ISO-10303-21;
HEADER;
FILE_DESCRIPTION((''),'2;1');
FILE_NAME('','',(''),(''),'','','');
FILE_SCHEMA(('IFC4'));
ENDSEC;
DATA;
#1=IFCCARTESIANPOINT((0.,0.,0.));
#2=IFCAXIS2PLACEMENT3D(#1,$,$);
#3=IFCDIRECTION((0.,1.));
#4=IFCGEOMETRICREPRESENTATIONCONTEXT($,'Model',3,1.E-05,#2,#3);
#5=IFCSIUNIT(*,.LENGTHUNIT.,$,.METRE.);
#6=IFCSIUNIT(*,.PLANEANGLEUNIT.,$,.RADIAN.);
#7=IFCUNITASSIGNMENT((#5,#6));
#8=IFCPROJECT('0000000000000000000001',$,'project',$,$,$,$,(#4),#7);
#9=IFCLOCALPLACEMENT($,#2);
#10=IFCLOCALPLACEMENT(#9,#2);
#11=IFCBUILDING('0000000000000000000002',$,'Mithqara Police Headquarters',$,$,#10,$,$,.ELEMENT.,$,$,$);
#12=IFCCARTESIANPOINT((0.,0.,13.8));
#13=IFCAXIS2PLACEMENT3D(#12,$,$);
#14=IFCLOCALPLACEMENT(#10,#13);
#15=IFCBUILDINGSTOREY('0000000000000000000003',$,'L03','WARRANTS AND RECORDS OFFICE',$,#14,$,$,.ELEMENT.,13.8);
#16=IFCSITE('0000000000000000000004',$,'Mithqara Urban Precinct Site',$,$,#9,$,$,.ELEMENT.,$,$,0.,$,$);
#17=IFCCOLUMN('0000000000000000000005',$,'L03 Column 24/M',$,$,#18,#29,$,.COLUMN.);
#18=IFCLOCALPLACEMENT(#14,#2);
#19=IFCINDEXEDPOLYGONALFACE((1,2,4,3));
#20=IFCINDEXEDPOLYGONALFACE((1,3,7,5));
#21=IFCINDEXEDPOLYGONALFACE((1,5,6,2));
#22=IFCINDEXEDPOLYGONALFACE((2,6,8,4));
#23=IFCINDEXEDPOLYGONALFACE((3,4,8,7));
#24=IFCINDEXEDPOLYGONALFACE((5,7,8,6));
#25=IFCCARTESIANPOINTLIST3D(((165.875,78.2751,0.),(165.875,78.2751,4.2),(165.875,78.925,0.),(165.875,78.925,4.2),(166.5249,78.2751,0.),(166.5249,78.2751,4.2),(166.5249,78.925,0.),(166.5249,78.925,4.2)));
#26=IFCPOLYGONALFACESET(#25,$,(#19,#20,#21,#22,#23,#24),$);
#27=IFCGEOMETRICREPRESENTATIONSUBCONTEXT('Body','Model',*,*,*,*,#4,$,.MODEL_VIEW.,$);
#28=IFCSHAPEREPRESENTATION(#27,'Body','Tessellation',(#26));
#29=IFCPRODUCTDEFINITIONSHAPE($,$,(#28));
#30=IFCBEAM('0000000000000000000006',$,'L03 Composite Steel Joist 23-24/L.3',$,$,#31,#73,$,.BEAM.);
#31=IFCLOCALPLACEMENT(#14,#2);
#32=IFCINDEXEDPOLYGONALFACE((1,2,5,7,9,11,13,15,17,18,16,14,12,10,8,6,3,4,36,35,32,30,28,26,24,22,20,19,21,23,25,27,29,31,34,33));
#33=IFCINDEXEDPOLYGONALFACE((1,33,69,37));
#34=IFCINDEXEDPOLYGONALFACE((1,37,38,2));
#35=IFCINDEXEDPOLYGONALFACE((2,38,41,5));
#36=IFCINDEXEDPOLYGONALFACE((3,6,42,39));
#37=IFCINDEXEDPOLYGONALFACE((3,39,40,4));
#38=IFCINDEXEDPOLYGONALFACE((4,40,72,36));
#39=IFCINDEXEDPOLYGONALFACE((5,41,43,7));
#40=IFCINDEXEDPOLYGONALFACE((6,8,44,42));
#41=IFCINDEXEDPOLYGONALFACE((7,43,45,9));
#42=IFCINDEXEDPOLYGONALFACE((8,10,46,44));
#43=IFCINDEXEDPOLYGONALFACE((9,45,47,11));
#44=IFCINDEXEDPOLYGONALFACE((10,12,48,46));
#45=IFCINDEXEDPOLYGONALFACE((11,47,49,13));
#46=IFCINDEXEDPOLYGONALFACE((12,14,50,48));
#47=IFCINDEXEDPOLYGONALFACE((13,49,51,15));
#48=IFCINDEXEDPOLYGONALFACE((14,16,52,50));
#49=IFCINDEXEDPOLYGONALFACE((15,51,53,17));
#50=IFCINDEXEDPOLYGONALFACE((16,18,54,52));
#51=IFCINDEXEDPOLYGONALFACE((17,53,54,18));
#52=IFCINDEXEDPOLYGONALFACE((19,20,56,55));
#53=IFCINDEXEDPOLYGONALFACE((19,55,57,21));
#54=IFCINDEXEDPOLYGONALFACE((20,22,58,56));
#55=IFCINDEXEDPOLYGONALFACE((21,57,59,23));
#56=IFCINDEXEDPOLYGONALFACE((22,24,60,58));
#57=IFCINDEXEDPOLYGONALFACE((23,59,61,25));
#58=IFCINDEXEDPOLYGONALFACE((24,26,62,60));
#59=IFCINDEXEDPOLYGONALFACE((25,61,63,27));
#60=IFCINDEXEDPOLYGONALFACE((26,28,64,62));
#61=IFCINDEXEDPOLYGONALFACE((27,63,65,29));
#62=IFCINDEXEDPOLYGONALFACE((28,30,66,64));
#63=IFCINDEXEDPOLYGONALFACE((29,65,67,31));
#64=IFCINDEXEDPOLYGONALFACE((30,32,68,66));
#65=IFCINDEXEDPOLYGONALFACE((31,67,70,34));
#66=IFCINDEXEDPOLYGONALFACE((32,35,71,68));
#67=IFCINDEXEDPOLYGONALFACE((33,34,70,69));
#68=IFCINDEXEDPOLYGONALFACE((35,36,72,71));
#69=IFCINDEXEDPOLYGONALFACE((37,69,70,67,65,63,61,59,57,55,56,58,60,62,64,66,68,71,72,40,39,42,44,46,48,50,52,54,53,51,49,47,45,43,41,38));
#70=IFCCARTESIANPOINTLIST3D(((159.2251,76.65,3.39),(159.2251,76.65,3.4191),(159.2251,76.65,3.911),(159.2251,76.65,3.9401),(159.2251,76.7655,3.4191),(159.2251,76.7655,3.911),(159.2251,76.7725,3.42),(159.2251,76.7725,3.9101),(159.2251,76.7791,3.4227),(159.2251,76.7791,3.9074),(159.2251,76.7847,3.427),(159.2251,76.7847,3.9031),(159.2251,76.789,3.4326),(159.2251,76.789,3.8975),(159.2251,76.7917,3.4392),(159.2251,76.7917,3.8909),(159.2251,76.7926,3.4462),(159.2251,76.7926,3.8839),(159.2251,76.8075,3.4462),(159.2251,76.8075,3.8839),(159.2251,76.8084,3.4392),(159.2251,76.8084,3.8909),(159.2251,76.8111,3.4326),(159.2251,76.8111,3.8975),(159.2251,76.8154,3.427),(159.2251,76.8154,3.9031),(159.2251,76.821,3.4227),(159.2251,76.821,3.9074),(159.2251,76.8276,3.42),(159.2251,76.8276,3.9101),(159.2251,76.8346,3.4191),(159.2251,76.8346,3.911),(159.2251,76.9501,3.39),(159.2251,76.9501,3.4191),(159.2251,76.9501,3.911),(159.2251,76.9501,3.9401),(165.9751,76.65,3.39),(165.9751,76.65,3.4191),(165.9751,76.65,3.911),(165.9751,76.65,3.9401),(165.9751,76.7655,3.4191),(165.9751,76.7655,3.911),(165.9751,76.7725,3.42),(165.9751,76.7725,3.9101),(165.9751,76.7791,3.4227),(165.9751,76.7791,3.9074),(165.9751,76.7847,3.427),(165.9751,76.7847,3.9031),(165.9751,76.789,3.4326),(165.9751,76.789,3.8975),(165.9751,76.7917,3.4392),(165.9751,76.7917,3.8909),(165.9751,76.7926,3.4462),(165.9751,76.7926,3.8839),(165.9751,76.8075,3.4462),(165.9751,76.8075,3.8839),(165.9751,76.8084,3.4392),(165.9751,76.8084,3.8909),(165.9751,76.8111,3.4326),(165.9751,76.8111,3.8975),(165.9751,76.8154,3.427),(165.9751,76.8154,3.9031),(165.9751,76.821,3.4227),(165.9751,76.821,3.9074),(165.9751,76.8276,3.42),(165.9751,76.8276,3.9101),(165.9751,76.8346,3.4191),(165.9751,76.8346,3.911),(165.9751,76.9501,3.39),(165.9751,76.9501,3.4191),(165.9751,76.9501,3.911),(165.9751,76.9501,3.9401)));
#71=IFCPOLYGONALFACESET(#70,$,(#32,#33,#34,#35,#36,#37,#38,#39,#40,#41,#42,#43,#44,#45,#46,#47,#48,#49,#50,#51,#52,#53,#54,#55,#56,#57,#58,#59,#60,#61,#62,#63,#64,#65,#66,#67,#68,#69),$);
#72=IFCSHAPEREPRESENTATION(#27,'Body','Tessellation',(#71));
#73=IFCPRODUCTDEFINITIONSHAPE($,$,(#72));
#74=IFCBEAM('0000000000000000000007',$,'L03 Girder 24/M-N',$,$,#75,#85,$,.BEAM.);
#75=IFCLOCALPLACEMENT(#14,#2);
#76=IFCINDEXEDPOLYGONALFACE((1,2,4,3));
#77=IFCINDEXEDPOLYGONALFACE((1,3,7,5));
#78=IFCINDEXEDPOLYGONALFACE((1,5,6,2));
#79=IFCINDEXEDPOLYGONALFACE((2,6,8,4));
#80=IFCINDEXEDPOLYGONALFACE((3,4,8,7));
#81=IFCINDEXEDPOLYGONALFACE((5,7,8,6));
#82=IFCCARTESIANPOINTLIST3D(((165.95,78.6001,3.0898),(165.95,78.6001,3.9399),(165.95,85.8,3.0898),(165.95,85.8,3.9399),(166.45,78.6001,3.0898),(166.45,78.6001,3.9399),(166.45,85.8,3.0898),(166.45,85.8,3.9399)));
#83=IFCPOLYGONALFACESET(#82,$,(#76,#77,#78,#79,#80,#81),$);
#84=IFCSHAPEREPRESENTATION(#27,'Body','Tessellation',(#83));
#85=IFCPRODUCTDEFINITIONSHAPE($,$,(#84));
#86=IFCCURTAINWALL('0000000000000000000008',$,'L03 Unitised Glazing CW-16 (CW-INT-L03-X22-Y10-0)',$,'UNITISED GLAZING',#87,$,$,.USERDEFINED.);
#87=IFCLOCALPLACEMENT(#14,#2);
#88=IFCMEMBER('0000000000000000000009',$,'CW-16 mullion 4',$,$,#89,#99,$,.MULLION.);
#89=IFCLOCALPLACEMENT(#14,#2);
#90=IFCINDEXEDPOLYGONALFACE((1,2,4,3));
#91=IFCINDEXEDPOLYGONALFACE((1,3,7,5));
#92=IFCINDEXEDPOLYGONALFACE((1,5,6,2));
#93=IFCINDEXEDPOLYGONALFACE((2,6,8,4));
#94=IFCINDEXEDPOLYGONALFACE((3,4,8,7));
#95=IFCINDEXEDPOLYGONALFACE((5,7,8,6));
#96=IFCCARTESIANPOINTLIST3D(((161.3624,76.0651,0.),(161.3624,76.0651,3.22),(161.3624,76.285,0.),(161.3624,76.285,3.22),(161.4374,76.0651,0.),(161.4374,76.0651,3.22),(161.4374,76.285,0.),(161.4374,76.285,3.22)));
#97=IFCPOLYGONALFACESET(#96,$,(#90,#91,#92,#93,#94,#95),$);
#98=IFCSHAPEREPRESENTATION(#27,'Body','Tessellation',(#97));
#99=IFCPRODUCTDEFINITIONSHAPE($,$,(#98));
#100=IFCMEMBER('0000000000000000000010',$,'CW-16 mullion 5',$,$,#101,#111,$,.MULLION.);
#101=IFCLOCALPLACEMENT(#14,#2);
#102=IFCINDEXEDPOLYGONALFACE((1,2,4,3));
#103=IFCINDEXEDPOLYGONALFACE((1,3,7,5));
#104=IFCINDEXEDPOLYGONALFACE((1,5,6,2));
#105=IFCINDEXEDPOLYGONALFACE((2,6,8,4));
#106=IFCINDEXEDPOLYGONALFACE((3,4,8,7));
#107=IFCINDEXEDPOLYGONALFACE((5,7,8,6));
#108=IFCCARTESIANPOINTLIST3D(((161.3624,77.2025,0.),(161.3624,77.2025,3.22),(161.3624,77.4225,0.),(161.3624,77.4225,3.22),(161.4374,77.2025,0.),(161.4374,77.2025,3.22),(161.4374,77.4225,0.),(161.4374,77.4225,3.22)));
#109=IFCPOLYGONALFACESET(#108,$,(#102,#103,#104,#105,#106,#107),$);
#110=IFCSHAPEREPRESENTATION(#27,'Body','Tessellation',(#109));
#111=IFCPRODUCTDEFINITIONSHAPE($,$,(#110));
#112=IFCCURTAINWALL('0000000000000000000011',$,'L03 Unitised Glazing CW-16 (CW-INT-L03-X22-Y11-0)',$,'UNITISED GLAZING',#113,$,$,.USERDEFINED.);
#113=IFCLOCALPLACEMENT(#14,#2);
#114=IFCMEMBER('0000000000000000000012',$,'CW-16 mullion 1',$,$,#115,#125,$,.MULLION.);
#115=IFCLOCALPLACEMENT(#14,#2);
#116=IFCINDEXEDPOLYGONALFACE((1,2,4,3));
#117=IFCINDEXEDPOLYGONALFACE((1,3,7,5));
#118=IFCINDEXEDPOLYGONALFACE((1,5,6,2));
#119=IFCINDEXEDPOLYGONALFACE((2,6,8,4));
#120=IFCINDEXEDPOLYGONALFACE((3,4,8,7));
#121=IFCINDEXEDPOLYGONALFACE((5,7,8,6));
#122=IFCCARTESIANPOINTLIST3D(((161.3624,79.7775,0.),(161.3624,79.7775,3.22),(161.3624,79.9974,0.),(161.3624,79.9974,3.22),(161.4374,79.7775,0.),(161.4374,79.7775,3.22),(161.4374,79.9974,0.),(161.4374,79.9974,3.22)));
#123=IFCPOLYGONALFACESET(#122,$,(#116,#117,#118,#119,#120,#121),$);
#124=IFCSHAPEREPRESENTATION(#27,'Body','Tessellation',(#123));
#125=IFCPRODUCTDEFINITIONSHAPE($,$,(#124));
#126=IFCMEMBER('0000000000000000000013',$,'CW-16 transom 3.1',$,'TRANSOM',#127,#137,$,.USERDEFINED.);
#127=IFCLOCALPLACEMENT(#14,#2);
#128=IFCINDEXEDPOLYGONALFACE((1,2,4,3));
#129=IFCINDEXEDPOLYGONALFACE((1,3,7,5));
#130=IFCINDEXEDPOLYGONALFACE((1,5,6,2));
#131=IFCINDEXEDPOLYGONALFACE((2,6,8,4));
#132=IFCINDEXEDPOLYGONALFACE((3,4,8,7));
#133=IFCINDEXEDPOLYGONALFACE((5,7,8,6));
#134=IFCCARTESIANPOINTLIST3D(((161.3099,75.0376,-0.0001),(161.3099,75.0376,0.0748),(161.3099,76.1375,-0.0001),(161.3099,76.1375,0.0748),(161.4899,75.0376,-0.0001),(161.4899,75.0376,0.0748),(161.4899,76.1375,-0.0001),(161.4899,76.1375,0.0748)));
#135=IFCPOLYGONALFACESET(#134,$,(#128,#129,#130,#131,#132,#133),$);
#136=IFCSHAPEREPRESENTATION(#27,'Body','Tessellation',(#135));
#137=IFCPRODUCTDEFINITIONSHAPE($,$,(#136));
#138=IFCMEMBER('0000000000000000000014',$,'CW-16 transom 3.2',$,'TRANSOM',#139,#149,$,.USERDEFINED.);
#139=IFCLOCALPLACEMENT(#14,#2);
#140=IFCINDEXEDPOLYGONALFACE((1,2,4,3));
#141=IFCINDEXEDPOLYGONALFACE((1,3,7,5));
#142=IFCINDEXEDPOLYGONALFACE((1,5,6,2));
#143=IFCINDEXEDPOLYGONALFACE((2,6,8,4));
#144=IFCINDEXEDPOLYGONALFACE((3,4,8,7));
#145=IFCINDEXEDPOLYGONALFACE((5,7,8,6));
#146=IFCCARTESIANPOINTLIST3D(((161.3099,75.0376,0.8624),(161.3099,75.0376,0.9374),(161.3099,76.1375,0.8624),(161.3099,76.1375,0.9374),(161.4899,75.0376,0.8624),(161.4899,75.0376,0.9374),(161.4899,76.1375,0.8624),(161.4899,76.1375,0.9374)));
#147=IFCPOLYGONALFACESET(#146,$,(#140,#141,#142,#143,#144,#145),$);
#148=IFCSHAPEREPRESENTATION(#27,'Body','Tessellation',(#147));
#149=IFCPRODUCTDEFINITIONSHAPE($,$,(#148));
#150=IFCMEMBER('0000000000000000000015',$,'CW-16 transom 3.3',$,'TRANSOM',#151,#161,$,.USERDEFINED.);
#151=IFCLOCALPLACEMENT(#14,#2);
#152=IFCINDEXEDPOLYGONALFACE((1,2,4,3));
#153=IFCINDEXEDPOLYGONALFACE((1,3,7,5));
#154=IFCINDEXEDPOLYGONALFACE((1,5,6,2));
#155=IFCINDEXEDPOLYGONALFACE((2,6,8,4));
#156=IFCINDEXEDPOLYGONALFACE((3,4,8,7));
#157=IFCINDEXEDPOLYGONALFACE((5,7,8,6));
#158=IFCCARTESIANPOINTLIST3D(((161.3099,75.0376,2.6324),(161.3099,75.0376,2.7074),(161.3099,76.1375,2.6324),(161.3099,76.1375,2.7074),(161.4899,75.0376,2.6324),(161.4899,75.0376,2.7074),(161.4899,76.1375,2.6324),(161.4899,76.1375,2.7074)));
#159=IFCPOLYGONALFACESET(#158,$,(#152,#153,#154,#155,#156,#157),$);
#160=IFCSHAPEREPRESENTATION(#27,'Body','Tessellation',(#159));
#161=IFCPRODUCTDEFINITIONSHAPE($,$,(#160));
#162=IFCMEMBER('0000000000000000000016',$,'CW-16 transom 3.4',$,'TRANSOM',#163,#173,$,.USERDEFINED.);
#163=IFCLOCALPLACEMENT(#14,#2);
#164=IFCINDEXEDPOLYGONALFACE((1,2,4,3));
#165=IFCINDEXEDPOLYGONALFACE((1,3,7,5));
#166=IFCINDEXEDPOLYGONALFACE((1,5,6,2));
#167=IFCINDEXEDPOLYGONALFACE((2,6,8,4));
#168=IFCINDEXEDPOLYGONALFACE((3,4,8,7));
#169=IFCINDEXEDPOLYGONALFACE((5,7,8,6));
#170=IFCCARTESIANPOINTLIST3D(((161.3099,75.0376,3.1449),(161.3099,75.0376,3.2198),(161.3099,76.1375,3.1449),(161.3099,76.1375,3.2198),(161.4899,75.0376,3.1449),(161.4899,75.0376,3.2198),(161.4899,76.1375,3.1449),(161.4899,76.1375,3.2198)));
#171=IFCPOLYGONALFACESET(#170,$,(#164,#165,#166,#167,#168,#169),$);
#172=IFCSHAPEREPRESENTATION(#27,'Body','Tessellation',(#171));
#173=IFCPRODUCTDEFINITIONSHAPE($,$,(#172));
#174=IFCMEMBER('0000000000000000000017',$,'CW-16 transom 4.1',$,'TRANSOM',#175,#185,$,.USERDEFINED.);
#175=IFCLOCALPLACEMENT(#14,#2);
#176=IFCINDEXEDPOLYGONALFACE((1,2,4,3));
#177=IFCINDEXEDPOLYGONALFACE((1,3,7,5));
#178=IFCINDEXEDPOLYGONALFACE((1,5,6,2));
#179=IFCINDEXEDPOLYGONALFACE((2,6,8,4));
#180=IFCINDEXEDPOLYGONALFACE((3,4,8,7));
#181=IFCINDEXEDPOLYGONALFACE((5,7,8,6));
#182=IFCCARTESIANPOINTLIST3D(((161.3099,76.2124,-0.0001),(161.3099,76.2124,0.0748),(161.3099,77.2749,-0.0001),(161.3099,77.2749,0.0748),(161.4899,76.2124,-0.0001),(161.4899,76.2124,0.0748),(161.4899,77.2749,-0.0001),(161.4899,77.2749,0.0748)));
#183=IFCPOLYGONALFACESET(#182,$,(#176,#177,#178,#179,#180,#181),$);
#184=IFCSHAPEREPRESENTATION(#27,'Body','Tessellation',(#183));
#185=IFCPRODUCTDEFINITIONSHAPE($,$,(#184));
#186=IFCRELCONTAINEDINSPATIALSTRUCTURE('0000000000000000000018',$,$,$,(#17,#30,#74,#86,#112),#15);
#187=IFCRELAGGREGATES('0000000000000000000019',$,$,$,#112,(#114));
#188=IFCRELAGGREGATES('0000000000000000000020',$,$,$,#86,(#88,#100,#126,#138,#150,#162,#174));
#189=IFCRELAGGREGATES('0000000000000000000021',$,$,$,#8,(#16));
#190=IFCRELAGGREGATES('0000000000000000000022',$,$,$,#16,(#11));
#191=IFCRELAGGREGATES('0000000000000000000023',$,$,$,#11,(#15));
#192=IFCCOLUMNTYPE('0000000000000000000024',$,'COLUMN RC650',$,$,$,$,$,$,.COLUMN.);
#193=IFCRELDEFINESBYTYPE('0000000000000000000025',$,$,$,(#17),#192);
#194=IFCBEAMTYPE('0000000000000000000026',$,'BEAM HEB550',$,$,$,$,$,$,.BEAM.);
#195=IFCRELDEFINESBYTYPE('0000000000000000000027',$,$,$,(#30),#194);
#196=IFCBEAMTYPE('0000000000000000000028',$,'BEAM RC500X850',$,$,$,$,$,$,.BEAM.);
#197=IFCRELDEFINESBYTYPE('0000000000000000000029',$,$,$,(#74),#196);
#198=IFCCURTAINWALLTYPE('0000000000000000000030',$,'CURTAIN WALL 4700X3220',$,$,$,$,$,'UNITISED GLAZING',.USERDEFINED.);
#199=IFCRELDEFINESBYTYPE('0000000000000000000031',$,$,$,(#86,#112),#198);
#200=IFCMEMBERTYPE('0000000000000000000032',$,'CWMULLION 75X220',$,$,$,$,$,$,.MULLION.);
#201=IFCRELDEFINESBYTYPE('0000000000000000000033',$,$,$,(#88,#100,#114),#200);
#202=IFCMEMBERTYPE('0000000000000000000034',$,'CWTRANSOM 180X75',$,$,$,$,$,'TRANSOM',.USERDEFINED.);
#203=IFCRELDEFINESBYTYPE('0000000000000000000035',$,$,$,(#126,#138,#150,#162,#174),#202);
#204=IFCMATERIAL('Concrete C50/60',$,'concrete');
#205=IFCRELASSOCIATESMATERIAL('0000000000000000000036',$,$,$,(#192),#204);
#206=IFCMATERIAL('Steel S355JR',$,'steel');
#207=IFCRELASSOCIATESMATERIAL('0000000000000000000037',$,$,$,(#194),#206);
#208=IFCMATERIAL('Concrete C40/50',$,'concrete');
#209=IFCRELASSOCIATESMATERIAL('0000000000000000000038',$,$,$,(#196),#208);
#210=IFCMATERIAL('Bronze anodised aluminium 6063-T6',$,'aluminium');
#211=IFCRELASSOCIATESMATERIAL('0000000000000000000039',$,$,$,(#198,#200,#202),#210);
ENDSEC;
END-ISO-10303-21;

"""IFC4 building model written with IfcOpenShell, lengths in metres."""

from ifc_helpers import new_model, si_unit, direction, frame, origin, origin_2d, place, context, subcontext, project, spatial, rectangle, i_section, extrude, material, material_profile, profile_set, type_object, element, aggregate, save


model = new_model("IFC4")

# Units and contexts
model_context = context("Model", 3, precision=1e-05, world=origin(), true_north=direction((0.0, 1.0)))
body_context = subcontext(model_context, "Body", "Model", "MODEL_VIEW")
ifc_project = project(units=[si_unit("LENGTHUNIT", "METRE"), si_unit("PLANEANGLEUNIT", "RADIAN")], contexts=[model_context])

# Site, building, storey
site_placement = place(None, origin())
site = spatial("IfcSite", under=ifc_project, at=site_placement, Name="Mithqara Urban Precinct Site", CompositionType="ELEMENT", RefElevation=0.0)
building_placement = place(site_placement, origin())
building = spatial("IfcBuilding", under=site, at=building_placement, Name="Mithqara Police Headquarters", CompositionType="ELEMENT")
storey_placement = place(building_placement, frame((0.0, 0.0, 13.8)))
storey = spatial("IfcBuildingStorey", under=building, at=storey_placement, Name="L03", Description="WARRANTS AND RECORDS OFFICE", CompositionType="ELEMENT", Elevation=13.8)

# Column
ifc_material_1 = material(Name="Concrete C50/60", Category="concrete")
ifc_material_profile_1 = material_profile(ifc_material_1, rectangle(XDim=0.6499, YDim=0.6499, at=origin_2d()), Name="RC 650x650")
ifc_profile_set_1 = profile_set([ifc_material_profile_1], Name="Concrete C50/60")
column_type = type_object("IfcColumnType", Name="COLUMN RC650", PredefinedType="COLUMN", material=ifc_profile_set_1)
column_placement = place(storey_placement, frame((166.2, 78.6001, 0.0), z_axis=(0.0, 0.0, 1.0), x_axis=(1.0, 0.0, 0.0)))
element("IfcColumn", 1, at=column_placement, inside=storey, type_object=column_type, Name="L03 Column 24/M", PredefinedType="COLUMN", context=body_context, shape_type="SweptSolid", body=[
    extrude(rectangle(XDim=0.6499, YDim=0.6499, at=origin_2d()), origin(), (0.0, 0.0, 1.0), 4.2),
])

# Beams
ifc_material_2 = material(Name="Steel S355JR", Category="steel")
ifc_material_profile_2 = material_profile(ifc_material_2, i_section(OverallWidth=0.3, OverallDepth=0.55, WebThickness=0.0149, FlangeThickness=0.0291, FilletRadius=0.0271, at=origin_2d()), Name="HEB 550")
ifc_profile_set_2 = profile_set([ifc_material_profile_2], Name="Steel S355JR")
beam_type_1 = type_object("IfcBeamType", Name="BEAM HEB550", PredefinedType="BEAM", material=ifc_profile_set_2)
beam_1_placement = place(storey_placement, frame((159.2251, 76.8, 3.665), z_axis=(1.0, 0.0, 0.0), x_axis=(0.0, 1.0, 0.0)))
element("IfcBeam", 2, at=beam_1_placement, inside=storey, type_object=beam_type_1, Name="L03 Composite Steel Joist 23-24/L.3", PredefinedType="BEAM", context=body_context, shape_type="SweptSolid", body=[
    extrude(i_section(OverallWidth=0.3, OverallDepth=0.55, WebThickness=0.0149, FlangeThickness=0.0291, FilletRadius=0.0271, at=origin_2d()), origin(), (0.0, 0.0, 1.0), 6.75),
])
ifc_material_3 = material(Name="Concrete C40/50", Category="concrete")
ifc_material_profile_3 = material_profile(ifc_material_3, rectangle(XDim=0.5, YDim=0.8501, at=origin_2d()), Name="RC 500x850")
ifc_profile_set_3 = profile_set([ifc_material_profile_3], Name="Concrete C40/50")
beam_type_2 = type_object("IfcBeamType", Name="BEAM RC500X850", PredefinedType="BEAM", material=ifc_profile_set_3)
beam_2_placement = place(storey_placement, frame((166.2, 78.6001, 3.5149), z_axis=(0.0, 1.0, 0.0), x_axis=(-1.0, 0.0, 0.0)))
element("IfcBeam", 3, at=beam_2_placement, inside=storey, type_object=beam_type_2, Name="L03 Girder 24/M-N", PredefinedType="BEAM", context=body_context, shape_type="SweptSolid", body=[
    extrude(rectangle(XDim=0.5, YDim=0.8501, at=origin_2d()), origin(), (0.0, 0.0, 1.0), 7.2),
])

# Curtain wall, members
ifc_material_4 = material(Name="Bronze anodised aluminium 6063-T6", Category="aluminium")
curtain_wall_type = type_object("IfcCurtainWallType", Name="CURTAIN WALL 4700X3220", ElementType="UNITISED GLAZING", PredefinedType="USERDEFINED", material=ifc_material_4)
curtain_wall_1_placement = place(storey_placement, origin())
curtain_wall_1 = element("IfcCurtainWall", 4, at=curtain_wall_1_placement, inside=storey, type_object=curtain_wall_type, Name="L03 Unitised Glazing CW-16 (CW-INT-L03-X22-Y10-0)", ObjectType="UNITISED GLAZING", PredefinedType="USERDEFINED")
ifc_material_profile_4 = material_profile(ifc_material_4, rectangle(XDim=0.075, YDim=0.22, at=origin_2d()), Name="CWM 75x220")
ifc_profile_set_4 = profile_set([ifc_material_profile_4], Name="Bronze anodised aluminium 6063-T6")
member_type_1 = type_object("IfcMemberType", Name="CWMULLION 75X220", PredefinedType="MULLION", material=ifc_profile_set_4)
member_1_placement = place(storey_placement, frame((161.3999, 76.175, 0.0), z_axis=(0.0, 0.0, 1.0), x_axis=(-1.0, 0.0, 0.0)))
member_1 = element("IfcMember", 5, at=member_1_placement, type_object=member_type_1, Name="CW-16 mullion 4", PredefinedType="MULLION", context=body_context, shape_type="SweptSolid", body=[
    extrude(rectangle(XDim=0.075, YDim=0.22, at=origin_2d()), origin(), (0.0, 0.0, 1.0), 3.22),
])
member_2_placement = place(storey_placement, frame((161.3999, 77.3125, 0.0), z_axis=(0.0, 0.0, 1.0), x_axis=(-1.0, 0.0, 0.0)))
member_2 = element("IfcMember", 6, at=member_2_placement, type_object=member_type_1, Name="CW-16 mullion 5", PredefinedType="MULLION", context=body_context, shape_type="SweptSolid", body=[
    extrude(rectangle(XDim=0.075, YDim=0.22, at=origin_2d()), origin(), (0.0, 0.0, 1.0), 3.22),
])

# Curtain wall, member
curtain_wall_2_placement = place(storey_placement, origin())
curtain_wall_2 = element("IfcCurtainWall", 7, at=curtain_wall_2_placement, inside=storey, type_object=curtain_wall_type, Name="L03 Unitised Glazing CW-16 (CW-INT-L03-X22-Y11-0)", ObjectType="UNITISED GLAZING", PredefinedType="USERDEFINED")
member_3_placement = place(storey_placement, frame((161.3999, 79.8875, 0.0), z_axis=(0.0, 0.0, 1.0), x_axis=(-1.0, 0.0, 0.0)))
member_3 = element("IfcMember", 8, at=member_3_placement, type_object=member_type_1, Name="CW-16 mullion 1", PredefinedType="MULLION", context=body_context, shape_type="SweptSolid", body=[
    extrude(rectangle(XDim=0.075, YDim=0.22, at=origin_2d()), origin(), (0.0, 0.0, 1.0), 3.22),
])

# Members
ifc_material_profile_5 = material_profile(ifc_material_4, rectangle(XDim=0.1799, YDim=0.075, at=origin_2d()), Name="CWT 180x75")
ifc_profile_set_5 = profile_set([ifc_material_profile_5], Name="Bronze anodised aluminium 6063-T6")
member_type_2 = type_object("IfcMemberType", Name="CWTRANSOM 180X75", ElementType="TRANSOM", PredefinedType="USERDEFINED", material=ifc_profile_set_5)
member_4_placement = place(storey_placement, frame((161.3999, 75.0376, 0.0374), z_axis=(0.0, 1.0, 0.0), x_axis=(-1.0, 0.0, 0.0)))
member_4 = element("IfcMember", 9, at=member_4_placement, type_object=member_type_2, Name="CW-16 transom 3.1", ObjectType="TRANSOM", PredefinedType="USERDEFINED", context=body_context, shape_type="SweptSolid", body=[
    extrude(rectangle(XDim=0.1799, YDim=0.075, at=origin_2d()), origin(), (0.0, 0.0, 1.0), 1.0999),
])
member_5_placement = place(storey_placement, frame((161.3999, 75.0376, 0.8999), z_axis=(0.0, 1.0, 0.0), x_axis=(-1.0, 0.0, 0.0)))
member_5 = element("IfcMember", 10, at=member_5_placement, type_object=member_type_2, Name="CW-16 transom 3.2", ObjectType="TRANSOM", PredefinedType="USERDEFINED", context=body_context, shape_type="SweptSolid", body=[
    extrude(rectangle(XDim=0.1799, YDim=0.075, at=origin_2d()), origin(), (0.0, 0.0, 1.0), 1.0999),
])
member_6_placement = place(storey_placement, frame((161.3999, 75.0376, 2.6699), z_axis=(0.0, 1.0, 0.0), x_axis=(-1.0, 0.0, 0.0)))
member_6 = element("IfcMember", 11, at=member_6_placement, type_object=member_type_2, Name="CW-16 transom 3.3", ObjectType="TRANSOM", PredefinedType="USERDEFINED", context=body_context, shape_type="SweptSolid", body=[
    extrude(rectangle(XDim=0.1799, YDim=0.075, at=origin_2d()), origin(), (0.0, 0.0, 1.0), 1.0999),
])
member_7_placement = place(storey_placement, frame((161.3999, 75.0376, 3.1824), z_axis=(0.0, 1.0, 0.0), x_axis=(-1.0, 0.0, 0.0)))
member_7 = element("IfcMember", 12, at=member_7_placement, type_object=member_type_2, Name="CW-16 transom 3.4", ObjectType="TRANSOM", PredefinedType="USERDEFINED", context=body_context, shape_type="SweptSolid", body=[
    extrude(rectangle(XDim=0.1799, YDim=0.075, at=origin_2d()), origin(), (0.0, 0.0, 1.0), 1.0999),
])
member_8_placement = place(storey_placement, frame((161.3999, 76.2124, 0.0374), z_axis=(0.0, 1.0, 0.0), x_axis=(-1.0, 0.0, 0.0)))
member_8 = element("IfcMember", 13, at=member_8_placement, type_object=member_type_2, Name="CW-16 transom 4.1", ObjectType="TRANSOM", PredefinedType="USERDEFINED", context=body_context, shape_type="SweptSolid", body=[
    extrude(rectangle(XDim=0.1799, YDim=0.075, at=origin_2d()), origin(), (0.0, 0.0, 1.0), 1.0625),
])
aggregate(curtain_wall_2, [member_3])

aggregate(curtain_wall_1, [member_1, member_2, member_4, member_5, member_6, member_7, member_8])

save(model, "model.ifc")
